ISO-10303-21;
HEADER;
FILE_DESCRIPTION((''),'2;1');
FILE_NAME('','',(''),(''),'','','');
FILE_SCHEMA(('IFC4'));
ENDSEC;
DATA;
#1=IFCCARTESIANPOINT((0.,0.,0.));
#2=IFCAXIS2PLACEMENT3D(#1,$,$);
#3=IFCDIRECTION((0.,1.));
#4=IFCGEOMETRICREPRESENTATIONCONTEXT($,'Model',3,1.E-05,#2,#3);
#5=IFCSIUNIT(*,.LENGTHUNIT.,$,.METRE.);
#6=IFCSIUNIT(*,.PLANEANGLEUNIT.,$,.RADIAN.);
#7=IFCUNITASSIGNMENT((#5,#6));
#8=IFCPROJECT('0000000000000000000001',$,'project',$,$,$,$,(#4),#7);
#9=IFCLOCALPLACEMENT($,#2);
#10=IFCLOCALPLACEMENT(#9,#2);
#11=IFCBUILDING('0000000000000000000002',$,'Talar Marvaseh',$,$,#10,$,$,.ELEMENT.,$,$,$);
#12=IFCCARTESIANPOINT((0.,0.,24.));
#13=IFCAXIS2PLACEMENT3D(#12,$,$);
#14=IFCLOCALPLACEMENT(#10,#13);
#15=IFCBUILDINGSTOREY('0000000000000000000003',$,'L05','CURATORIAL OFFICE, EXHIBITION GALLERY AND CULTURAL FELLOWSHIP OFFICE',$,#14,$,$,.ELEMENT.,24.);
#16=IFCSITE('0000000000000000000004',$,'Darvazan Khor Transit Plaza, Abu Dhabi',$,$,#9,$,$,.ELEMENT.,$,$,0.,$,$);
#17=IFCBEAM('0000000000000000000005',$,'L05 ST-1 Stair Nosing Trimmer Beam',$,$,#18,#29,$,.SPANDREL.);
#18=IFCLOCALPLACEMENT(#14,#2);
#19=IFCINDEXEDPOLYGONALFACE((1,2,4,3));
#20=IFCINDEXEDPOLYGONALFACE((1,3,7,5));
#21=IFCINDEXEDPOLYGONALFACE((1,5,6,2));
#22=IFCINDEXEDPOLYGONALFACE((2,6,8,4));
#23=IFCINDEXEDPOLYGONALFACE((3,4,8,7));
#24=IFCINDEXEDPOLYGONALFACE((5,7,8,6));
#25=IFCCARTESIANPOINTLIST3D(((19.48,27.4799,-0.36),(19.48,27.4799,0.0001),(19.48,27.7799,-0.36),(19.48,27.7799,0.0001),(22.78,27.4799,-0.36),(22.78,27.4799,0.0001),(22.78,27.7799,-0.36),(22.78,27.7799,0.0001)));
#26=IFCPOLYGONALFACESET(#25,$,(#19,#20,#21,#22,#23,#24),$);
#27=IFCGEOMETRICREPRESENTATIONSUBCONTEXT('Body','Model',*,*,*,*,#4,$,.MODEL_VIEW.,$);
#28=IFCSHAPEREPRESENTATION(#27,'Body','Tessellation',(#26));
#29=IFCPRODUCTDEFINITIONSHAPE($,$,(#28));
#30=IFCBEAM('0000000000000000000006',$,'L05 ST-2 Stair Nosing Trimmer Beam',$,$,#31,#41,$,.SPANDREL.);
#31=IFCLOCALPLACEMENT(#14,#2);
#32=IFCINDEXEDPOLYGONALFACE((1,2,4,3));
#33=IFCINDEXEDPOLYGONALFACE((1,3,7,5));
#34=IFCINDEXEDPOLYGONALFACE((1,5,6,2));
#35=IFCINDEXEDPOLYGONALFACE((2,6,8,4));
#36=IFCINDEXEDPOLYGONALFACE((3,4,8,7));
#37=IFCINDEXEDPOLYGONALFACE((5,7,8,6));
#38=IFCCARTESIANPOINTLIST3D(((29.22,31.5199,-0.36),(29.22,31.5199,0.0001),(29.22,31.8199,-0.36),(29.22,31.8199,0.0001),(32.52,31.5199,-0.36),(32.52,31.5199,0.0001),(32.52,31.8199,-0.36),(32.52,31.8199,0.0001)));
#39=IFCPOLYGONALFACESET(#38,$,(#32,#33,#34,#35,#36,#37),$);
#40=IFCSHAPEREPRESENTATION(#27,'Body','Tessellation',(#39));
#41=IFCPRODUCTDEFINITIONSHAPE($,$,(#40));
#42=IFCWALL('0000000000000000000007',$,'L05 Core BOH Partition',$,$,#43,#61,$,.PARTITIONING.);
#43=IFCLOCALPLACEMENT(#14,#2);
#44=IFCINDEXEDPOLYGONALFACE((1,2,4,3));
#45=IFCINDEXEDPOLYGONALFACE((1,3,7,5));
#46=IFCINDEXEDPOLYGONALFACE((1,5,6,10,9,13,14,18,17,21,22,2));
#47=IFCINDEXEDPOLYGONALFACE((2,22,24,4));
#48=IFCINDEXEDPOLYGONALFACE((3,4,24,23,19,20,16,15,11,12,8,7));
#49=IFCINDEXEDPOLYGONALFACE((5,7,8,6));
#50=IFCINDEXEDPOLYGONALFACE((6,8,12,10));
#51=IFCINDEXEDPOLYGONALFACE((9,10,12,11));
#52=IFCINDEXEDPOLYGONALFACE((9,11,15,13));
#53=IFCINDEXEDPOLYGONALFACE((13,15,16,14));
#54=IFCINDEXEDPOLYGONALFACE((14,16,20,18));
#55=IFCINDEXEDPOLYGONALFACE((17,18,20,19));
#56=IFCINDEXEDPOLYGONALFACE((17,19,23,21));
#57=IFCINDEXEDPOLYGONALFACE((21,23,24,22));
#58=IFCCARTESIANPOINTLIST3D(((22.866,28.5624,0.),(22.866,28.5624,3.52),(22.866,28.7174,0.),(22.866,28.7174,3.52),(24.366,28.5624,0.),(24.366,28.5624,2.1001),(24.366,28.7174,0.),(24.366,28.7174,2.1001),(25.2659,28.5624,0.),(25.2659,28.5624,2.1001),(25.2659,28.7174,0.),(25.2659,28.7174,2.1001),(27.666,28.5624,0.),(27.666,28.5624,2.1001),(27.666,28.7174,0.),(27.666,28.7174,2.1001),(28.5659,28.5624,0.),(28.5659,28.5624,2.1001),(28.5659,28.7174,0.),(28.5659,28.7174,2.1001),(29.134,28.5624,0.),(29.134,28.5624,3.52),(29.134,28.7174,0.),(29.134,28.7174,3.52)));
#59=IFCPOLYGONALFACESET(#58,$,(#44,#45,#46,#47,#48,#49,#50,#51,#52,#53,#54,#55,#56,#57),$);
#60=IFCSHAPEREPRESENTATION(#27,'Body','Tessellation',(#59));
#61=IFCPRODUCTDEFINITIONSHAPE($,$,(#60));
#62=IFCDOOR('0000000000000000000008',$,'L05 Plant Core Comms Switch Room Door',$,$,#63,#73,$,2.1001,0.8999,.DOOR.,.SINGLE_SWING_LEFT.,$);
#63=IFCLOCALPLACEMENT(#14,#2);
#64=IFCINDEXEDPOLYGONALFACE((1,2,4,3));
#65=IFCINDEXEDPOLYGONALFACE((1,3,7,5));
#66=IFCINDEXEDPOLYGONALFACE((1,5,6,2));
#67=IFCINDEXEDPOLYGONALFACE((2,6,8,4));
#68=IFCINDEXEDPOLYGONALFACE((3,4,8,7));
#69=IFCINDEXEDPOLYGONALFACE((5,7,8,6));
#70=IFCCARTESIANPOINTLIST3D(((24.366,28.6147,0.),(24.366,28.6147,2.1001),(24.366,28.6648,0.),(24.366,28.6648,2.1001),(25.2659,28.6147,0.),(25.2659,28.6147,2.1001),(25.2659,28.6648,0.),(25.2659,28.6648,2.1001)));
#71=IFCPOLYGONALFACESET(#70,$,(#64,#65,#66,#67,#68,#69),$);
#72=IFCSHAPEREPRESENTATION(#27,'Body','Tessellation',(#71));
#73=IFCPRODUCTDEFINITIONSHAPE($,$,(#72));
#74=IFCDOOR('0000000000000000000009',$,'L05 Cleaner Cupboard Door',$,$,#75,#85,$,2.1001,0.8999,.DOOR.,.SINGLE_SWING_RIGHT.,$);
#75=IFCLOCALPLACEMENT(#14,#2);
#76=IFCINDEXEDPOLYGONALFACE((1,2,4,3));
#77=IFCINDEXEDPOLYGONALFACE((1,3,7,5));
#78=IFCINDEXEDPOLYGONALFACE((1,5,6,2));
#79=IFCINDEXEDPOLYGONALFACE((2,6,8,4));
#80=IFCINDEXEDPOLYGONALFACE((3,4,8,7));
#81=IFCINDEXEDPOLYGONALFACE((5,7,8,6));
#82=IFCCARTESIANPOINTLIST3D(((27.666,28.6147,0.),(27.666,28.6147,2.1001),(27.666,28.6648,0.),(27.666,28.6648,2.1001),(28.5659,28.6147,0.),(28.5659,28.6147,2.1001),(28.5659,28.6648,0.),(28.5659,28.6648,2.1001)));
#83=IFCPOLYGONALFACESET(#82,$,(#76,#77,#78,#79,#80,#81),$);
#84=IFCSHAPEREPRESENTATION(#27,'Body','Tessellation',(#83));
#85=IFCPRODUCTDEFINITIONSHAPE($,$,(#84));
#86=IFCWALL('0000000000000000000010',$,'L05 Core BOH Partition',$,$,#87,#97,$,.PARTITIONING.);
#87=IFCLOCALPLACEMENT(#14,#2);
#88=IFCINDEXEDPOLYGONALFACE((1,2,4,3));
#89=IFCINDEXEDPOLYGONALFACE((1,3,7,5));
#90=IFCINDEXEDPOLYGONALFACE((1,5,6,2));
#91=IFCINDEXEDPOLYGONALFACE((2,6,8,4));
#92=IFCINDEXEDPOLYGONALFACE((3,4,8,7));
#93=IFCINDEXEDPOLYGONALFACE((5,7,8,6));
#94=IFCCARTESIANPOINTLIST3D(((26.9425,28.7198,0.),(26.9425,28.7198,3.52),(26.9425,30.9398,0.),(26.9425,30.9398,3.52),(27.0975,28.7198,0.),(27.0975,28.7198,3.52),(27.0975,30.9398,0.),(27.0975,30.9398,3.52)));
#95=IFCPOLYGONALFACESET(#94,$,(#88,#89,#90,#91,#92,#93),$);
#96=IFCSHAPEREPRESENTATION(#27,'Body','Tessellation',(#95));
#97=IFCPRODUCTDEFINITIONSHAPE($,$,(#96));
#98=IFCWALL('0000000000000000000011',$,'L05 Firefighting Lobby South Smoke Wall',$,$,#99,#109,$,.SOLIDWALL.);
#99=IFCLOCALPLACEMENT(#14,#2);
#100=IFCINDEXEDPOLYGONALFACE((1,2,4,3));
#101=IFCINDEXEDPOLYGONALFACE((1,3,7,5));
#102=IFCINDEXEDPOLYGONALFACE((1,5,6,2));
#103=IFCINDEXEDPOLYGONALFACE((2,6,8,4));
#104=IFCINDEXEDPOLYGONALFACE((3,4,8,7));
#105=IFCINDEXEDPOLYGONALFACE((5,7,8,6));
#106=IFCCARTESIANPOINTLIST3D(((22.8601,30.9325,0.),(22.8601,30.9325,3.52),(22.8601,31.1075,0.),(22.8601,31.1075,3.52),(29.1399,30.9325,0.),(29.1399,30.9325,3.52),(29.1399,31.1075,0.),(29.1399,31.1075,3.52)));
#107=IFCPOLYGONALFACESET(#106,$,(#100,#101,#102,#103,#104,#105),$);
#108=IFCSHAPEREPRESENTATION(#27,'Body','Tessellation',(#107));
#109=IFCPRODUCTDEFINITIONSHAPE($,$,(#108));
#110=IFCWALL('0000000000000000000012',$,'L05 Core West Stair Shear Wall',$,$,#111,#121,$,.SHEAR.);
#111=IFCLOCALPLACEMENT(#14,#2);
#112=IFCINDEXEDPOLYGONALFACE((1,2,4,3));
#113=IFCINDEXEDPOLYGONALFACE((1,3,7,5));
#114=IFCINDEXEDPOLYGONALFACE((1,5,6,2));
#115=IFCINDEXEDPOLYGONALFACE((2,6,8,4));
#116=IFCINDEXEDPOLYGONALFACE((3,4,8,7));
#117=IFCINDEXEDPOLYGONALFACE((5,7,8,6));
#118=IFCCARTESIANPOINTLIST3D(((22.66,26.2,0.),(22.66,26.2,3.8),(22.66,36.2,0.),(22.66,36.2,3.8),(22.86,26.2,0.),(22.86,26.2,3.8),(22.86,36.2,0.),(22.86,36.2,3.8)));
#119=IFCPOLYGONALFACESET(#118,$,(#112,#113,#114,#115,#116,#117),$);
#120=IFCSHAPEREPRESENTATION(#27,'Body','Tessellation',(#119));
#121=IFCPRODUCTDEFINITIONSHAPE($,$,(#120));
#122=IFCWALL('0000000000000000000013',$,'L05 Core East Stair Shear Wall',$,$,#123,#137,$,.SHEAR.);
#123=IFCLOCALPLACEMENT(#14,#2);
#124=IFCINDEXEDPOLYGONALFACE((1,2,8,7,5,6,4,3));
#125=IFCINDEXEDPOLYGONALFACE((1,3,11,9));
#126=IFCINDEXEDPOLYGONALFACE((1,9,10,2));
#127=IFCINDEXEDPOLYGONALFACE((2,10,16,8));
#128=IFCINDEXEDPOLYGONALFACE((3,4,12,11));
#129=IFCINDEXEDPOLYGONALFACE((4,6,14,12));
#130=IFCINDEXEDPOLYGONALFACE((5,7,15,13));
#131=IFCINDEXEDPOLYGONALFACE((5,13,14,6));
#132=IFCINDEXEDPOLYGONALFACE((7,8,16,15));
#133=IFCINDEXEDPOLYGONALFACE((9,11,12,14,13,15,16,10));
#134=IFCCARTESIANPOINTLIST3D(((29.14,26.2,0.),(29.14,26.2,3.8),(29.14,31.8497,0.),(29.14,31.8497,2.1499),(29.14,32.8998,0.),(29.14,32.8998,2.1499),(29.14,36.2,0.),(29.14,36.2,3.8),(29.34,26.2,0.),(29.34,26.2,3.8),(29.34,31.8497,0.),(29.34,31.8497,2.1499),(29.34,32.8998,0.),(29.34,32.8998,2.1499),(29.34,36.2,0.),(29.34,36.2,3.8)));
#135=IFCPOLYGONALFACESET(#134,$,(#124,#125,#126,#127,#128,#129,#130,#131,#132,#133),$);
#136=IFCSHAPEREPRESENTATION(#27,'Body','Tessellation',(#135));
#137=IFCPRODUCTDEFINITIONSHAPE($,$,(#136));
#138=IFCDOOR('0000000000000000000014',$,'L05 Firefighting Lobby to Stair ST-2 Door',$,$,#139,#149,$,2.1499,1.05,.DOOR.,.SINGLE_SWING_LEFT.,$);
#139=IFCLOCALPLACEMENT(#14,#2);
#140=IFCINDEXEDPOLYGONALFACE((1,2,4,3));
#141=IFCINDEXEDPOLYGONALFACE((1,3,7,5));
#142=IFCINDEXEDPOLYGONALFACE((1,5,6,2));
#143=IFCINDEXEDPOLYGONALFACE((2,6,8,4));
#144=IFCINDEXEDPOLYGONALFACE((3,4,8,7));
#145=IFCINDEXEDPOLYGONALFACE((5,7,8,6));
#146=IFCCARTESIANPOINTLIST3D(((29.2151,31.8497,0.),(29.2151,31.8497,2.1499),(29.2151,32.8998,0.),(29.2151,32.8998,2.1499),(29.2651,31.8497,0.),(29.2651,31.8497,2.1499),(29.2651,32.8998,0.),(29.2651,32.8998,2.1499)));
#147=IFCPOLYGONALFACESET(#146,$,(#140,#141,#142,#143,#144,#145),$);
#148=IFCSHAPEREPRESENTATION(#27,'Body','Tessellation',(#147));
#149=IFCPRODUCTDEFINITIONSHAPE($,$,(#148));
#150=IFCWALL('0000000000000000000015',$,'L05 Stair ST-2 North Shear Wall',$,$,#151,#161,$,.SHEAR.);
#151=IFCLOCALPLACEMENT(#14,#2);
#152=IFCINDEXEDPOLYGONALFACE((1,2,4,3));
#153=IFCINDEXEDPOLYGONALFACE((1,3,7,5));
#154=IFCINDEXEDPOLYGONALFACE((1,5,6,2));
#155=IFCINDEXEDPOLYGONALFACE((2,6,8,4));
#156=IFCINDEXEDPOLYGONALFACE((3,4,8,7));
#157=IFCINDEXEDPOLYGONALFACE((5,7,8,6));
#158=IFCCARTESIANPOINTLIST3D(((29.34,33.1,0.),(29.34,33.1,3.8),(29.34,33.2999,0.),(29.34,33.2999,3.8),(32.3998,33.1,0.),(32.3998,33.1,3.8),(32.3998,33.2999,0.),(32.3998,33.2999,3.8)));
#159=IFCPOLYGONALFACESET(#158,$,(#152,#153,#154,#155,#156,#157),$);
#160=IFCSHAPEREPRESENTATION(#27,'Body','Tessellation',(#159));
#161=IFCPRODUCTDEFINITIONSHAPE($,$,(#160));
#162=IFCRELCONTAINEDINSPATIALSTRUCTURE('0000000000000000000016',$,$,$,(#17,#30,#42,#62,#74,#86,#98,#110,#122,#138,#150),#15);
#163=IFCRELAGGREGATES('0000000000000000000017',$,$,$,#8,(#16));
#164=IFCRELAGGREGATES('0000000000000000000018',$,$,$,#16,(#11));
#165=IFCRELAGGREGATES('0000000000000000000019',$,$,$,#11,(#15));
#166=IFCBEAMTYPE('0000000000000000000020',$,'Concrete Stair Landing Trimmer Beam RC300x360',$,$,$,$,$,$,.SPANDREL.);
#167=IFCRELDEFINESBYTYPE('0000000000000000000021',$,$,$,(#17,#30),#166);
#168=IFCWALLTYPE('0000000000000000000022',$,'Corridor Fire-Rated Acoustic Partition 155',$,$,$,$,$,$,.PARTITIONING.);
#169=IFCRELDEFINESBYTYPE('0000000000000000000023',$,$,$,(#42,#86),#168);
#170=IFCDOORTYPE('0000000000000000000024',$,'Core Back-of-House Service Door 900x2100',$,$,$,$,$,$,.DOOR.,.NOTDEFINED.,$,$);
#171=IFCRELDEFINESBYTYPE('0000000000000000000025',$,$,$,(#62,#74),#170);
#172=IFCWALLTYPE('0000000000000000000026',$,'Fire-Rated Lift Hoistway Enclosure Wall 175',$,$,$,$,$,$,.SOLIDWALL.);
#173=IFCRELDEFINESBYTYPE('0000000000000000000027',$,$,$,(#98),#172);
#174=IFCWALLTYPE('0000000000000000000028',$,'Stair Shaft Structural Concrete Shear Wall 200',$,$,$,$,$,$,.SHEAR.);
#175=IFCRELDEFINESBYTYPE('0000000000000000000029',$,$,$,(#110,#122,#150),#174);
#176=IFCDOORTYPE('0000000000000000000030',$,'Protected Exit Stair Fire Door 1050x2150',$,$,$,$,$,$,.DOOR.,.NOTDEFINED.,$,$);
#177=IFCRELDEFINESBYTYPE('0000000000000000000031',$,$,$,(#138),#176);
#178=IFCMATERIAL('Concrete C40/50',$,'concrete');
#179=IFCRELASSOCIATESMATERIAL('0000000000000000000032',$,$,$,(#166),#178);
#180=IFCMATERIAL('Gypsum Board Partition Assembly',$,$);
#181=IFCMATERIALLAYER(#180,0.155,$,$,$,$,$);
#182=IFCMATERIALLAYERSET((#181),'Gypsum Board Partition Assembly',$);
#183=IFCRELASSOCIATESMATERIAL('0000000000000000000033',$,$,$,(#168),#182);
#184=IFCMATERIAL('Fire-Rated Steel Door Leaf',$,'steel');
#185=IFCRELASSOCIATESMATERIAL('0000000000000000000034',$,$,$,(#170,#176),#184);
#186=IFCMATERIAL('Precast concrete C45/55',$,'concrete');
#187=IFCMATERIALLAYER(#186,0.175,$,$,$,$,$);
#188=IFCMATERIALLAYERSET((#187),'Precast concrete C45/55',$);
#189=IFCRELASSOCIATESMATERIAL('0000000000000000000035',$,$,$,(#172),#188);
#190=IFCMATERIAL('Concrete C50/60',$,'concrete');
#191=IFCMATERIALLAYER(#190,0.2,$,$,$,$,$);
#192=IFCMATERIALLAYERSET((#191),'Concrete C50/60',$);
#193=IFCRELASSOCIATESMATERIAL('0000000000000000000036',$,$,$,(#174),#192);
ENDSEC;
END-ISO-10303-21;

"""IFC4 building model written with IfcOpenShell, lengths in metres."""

from ifc_helpers import new_model, si_unit, direction, frame, frame_2d, origin, origin_2d, place, context, subcontext, project, spatial, rectangle, extrude, source, transform, mapped, material, layer, layer_set, material_profile, profile_set, type_object, type_shapes, element, fill, save


model = new_model("IFC4")

# Units and contexts
model_context = context("Model", 3, precision=1e-05, world=origin(), true_north=direction((0.0, 1.0)))
body_context = subcontext(model_context, "Body", "Model", "MODEL_VIEW")
ifc_project = project(units=[si_unit("LENGTHUNIT", "METRE"), si_unit("PLANEANGLEUNIT", "RADIAN")], contexts=[model_context])

# Site, building, storey
site_placement = place(None, origin())
site = spatial("IfcSite", under=ifc_project, at=site_placement, Name="Darvazan Khor Transit Plaza, Abu Dhabi", CompositionType="ELEMENT", RefElevation=0.0)
building_placement = place(site_placement, origin())
building = spatial("IfcBuilding", under=site, at=building_placement, Name="Talar Marvaseh", CompositionType="ELEMENT")
storey_placement = place(building_placement, frame((0.0, 0.0, 24.0)))
storey = spatial("IfcBuildingStorey", under=building, at=storey_placement, Name="L05", Description="CURATORIAL OFFICE, EXHIBITION GALLERY AND CULTURAL FELLOWSHIP OFFICE", CompositionType="ELEMENT", Elevation=24.0)

# Beams
ifc_material_1 = material(Name="Concrete C40/50", Category="concrete")
ifc_material_profile = material_profile(ifc_material_1, rectangle(XDim=0.3, YDim=0.3601, at=origin_2d()), Name="RC300x360")
ifc_profile_set = profile_set([ifc_material_profile], Name="Concrete C40/50")
beam_type = type_object("IfcBeamType", Name="Concrete Stair Landing Trimmer Beam RC300x360", PredefinedType="SPANDREL", material=ifc_profile_set)
for number, where, z_axis, x_axis, name in (
    (1, (22.78, 27.6299, -0.1799), (-1.0, 0.0, 0.0), (0.0, -1.0, 0.0), "L05 ST-1 Stair Nosing Trimmer Beam"),
    (2, (29.22, 31.6699, -0.1799), (1.0, 0.0, 0.0), (0.0, 1.0, 0.0), "L05 ST-2 Stair Nosing Trimmer Beam"),
):
    element("IfcBeam", number, at=place(storey_placement, frame(where, z_axis=z_axis, x_axis=x_axis)), inside=storey, type_object=beam_type, Name=name, PredefinedType="SPANDREL", context=body_context, shape_type="SweptSolid", body=[
        extrude(rectangle(XDim=0.3, YDim=0.3601, at=origin_2d()), origin(), (0.0, 0.0, 1.0), 3.3),
    ])

# Wall, openings, doors
ifc_material_2 = material(Name="Gypsum Board Partition Assembly")
ifc_layer_1 = layer(ifc_material_2, 0.155)
ifc_layer_set_1 = layer_set([ifc_layer_1], Name="Gypsum Board Partition Assembly")
wall_type_1 = type_object("IfcWallType", Name="Corridor Fire-Rated Acoustic Partition 155", PredefinedType="PARTITIONING", material=ifc_layer_set_1)
wall_1_placement = place(storey_placement, frame((22.866, 28.6399, 0.0), z_axis=(0.0, 0.0, 1.0), x_axis=(1.0, 0.0, 0.0)))
wall_1 = element("IfcWall", 3, at=wall_1_placement, inside=storey, type_object=wall_type_1, Name="L05 Core BOH Partition", PredefinedType="PARTITIONING", context=body_context, shape_type="SweptSolid", body=[
    extrude(rectangle(XDim=6.2681, YDim=0.155, at=frame_2d((3.134, 0.0))), origin(), (0.0, 0.0, 1.0), 3.52),
])
opening_1_placement = place(wall_1_placement, frame((1.5, 0.0, 0.0)))
opening_1 = element("IfcOpeningElement", 4, at=opening_1_placement, cuts=wall_1, PredefinedType="OPENING", context=body_context, shape_type="SweptSolid", body=[
    extrude(rectangle(XDim=0.8999, YDim=2.1001, at=frame_2d((0.45, 1.05))), frame((0.0, 0.0874, 0.0), z_axis=(0.0, -1.0, 0.0), x_axis=(1.0, 0.0, 0.0)), (0.0, 0.0, 1.0), 0.175),
])
opening_2_placement = place(wall_1_placement, frame((4.8, 0.0, 0.0)))
opening_2 = element("IfcOpeningElement", 5, at=opening_2_placement, cuts=wall_1, PredefinedType="OPENING", context=body_context, shape_type="SweptSolid", body=[
    extrude(rectangle(XDim=0.8999, YDim=2.1001, at=frame_2d((0.45, 1.05))), frame((0.0, 0.0874, 0.0), z_axis=(0.0, -1.0, 0.0), x_axis=(1.0, 0.0, 0.0)), (0.0, 0.0, 1.0), 0.175),
])
ifc_material_3 = material(Name="Fire-Rated Steel Door Leaf", Category="steel")
door_type_1 = type_object("IfcDoorType", Name="Core Back-of-House Service Door 900x2100", OperationType="NOTDEFINED", PredefinedType="DOOR", material=ifc_material_3)
shared_shape_1 = source(origin(), body_context, "Body", "SweptSolid", [
    extrude(rectangle(XDim=0.8999, YDim=2.1001, at=frame_2d((0.45, 1.05))), frame((0.0, 0.0249, 0.0), z_axis=(0.0, -1.0, 0.0), x_axis=(1.0, 0.0, 0.0)), (0.0, 0.0, 1.0), 0.05),
])
type_shapes(door_type_1, [shared_shape_1])
door_1_placement = place(opening_1_placement, origin())
door_1 = element("IfcDoor", 6, at=door_1_placement, inside=storey, type_object=door_type_1, Name="L05 Plant Core Comms Switch Room Door", OperationType="SINGLE_SWING_LEFT", OverallHeight=2.1001, OverallWidth=0.8999, PredefinedType="DOOR", context=body_context, shape_type="MappedRepresentation", body=[
    mapped(shared_shape_1, transform((0.0, 0.0, 0.0), x_axis=(1.0, 0.0, 0.0), y_axis=(0.0, 1.0, 0.0), z_axis=(0.0, 0.0, 1.0), scale=1.0)),
])
fill(opening_1, door_1)
door_2_placement = place(opening_2_placement, origin())
door_2 = element("IfcDoor", 7, at=door_2_placement, inside=storey, type_object=door_type_1, Name="L05 Cleaner Cupboard Door", OperationType="SINGLE_SWING_RIGHT", OverallHeight=2.1001, OverallWidth=0.8999, PredefinedType="DOOR", context=body_context, shape_type="MappedRepresentation", body=[
    mapped(shared_shape_1, transform((0.0, 0.0, 0.0), x_axis=(1.0, 0.0, 0.0), y_axis=(0.0, 1.0, 0.0), z_axis=(0.0, 0.0, 1.0), scale=1.0)),
])
fill(opening_2, door_2)

# Wall
wall_2_placement = place(storey_placement, frame((27.02, 28.72, 0.0), z_axis=(0.0, 0.0, 1.0), x_axis=(0.0, 1.0, 0.0)))
element("IfcWall", 8, at=wall_2_placement, inside=storey, type_object=wall_type_1, Name="L05 Core BOH Partition", PredefinedType="PARTITIONING", context=body_context, shape_type="SweptSolid", body=[
    extrude(rectangle(XDim=2.22, YDim=0.155, at=frame_2d((1.1099, 0.0))), origin(), (0.0, 0.0, 1.0), 3.52),
])

# Shared definitions
ifc_material_4 = material(Name="Precast concrete C45/55", Category="concrete")
ifc_layer_2 = layer(ifc_material_4, 0.175)
ifc_layer_set_2 = layer_set([ifc_layer_2], Name="Precast concrete C45/55")
wall_type_2 = type_object("IfcWallType", Name="Fire-Rated Lift Hoistway Enclosure Wall 175", PredefinedType="SOLIDWALL", material=ifc_layer_set_2)

# Walls
wall_3_placement = place(storey_placement, frame((22.8601, 31.02, 0.0), z_axis=(0.0, 0.0, 1.0), x_axis=(1.0, 0.0, 0.0)))
element("IfcWall", 9, at=wall_3_placement, inside=storey, type_object=wall_type_2, Name="L05 Firefighting Lobby South Smoke Wall", PredefinedType="SOLIDWALL", context=body_context, shape_type="SweptSolid", body=[
    extrude(rectangle(XDim=6.2798, YDim=0.175, at=frame_2d((3.1399, 0.0))), origin(), (0.0, 0.0, 1.0), 3.52),
])
ifc_material_5 = material(Name="Concrete C50/60", Category="concrete")
ifc_layer_3 = layer(ifc_material_5, 0.2)
ifc_layer_set_3 = layer_set([ifc_layer_3], Name="Concrete C50/60")
wall_type_3 = type_object("IfcWallType", Name="Stair Shaft Structural Concrete Shear Wall 200", PredefinedType="SHEAR", material=ifc_layer_set_3)
wall_4_placement = place(storey_placement, frame((22.76, 26.2, 0.0), z_axis=(0.0, 0.0, 1.0), x_axis=(0.0, 1.0, 0.0)))
element("IfcWall", 10, at=wall_4_placement, inside=storey, type_object=wall_type_3, Name="L05 Core West Stair Shear Wall", PredefinedType="SHEAR", context=body_context, shape_type="SweptSolid", body=[
    extrude(rectangle(XDim=10.0, YDim=0.2, at=frame_2d((5.0, 0.0))), origin(), (0.0, 0.0, 1.0), 3.8),
])

# Wall, opening, door
wall_5_placement = place(storey_placement, frame((29.24, 26.2, 0.0), z_axis=(0.0, 0.0, 1.0), x_axis=(0.0, 1.0, 0.0)))
wall_5 = element("IfcWall", 11, at=wall_5_placement, inside=storey, type_object=wall_type_3, Name="L05 Core East Stair Shear Wall", PredefinedType="SHEAR", context=body_context, shape_type="SweptSolid", body=[
    extrude(rectangle(XDim=10.0, YDim=0.2, at=frame_2d((5.0, 0.0))), origin(), (0.0, 0.0, 1.0), 3.8),
])
opening_3_placement = place(wall_5_placement, frame((5.6499, 0.0, 0.0)))
opening_3 = element("IfcOpeningElement", 12, at=opening_3_placement, cuts=wall_5, PredefinedType="OPENING", context=body_context, shape_type="SweptSolid", body=[
    extrude(rectangle(XDim=1.05, YDim=2.1499, at=frame_2d((0.5249, 1.075))), frame((0.0, 0.1099, 0.0), z_axis=(0.0, -1.0, 0.0), x_axis=(1.0, 0.0, 0.0)), (0.0, 0.0, 1.0), 0.22),
])
door_type_2 = type_object("IfcDoorType", Name="Protected Exit Stair Fire Door 1050x2150", OperationType="NOTDEFINED", PredefinedType="DOOR", material=ifc_material_3)
shared_shape_2 = source(origin(), body_context, "Body", "SweptSolid", [
    extrude(rectangle(XDim=1.05, YDim=2.1499, at=frame_2d((0.5249, 1.075))), frame((0.0, 0.0249, 0.0), z_axis=(0.0, -1.0, 0.0), x_axis=(1.0, 0.0, 0.0)), (0.0, 0.0, 1.0), 0.05),
])
type_shapes(door_type_2, [shared_shape_2])
door_3_placement = place(opening_3_placement, origin())
door_3 = element("IfcDoor", 13, at=door_3_placement, inside=storey, type_object=door_type_2, Name="L05 Firefighting Lobby to Stair ST-2 Door", OperationType="SINGLE_SWING_LEFT", OverallHeight=2.1499, OverallWidth=1.05, PredefinedType="DOOR", context=body_context, shape_type="MappedRepresentation", body=[
    mapped(shared_shape_2, transform((0.0, 0.0, 0.0), x_axis=(1.0, 0.0, 0.0), y_axis=(0.0, 1.0, 0.0), z_axis=(0.0, 0.0, 1.0), scale=1.0)),
])
fill(opening_3, door_3)

# Wall
wall_6_placement = place(storey_placement, frame((29.3401, 33.2, 0.0), z_axis=(0.0, 0.0, 1.0), x_axis=(1.0, 0.0, 0.0)))
element("IfcWall", 14, at=wall_6_placement, inside=storey, type_object=wall_type_3, Name="L05 Stair ST-2 North Shear Wall", PredefinedType="SHEAR", context=body_context, shape_type="SweptSolid", body=[
    extrude(rectangle(XDim=3.0598, YDim=0.2, at=frame_2d((1.5298, 0.0))), origin(), (0.0, 0.0, 1.0), 3.8),
])

save(model, "model.ifc")
